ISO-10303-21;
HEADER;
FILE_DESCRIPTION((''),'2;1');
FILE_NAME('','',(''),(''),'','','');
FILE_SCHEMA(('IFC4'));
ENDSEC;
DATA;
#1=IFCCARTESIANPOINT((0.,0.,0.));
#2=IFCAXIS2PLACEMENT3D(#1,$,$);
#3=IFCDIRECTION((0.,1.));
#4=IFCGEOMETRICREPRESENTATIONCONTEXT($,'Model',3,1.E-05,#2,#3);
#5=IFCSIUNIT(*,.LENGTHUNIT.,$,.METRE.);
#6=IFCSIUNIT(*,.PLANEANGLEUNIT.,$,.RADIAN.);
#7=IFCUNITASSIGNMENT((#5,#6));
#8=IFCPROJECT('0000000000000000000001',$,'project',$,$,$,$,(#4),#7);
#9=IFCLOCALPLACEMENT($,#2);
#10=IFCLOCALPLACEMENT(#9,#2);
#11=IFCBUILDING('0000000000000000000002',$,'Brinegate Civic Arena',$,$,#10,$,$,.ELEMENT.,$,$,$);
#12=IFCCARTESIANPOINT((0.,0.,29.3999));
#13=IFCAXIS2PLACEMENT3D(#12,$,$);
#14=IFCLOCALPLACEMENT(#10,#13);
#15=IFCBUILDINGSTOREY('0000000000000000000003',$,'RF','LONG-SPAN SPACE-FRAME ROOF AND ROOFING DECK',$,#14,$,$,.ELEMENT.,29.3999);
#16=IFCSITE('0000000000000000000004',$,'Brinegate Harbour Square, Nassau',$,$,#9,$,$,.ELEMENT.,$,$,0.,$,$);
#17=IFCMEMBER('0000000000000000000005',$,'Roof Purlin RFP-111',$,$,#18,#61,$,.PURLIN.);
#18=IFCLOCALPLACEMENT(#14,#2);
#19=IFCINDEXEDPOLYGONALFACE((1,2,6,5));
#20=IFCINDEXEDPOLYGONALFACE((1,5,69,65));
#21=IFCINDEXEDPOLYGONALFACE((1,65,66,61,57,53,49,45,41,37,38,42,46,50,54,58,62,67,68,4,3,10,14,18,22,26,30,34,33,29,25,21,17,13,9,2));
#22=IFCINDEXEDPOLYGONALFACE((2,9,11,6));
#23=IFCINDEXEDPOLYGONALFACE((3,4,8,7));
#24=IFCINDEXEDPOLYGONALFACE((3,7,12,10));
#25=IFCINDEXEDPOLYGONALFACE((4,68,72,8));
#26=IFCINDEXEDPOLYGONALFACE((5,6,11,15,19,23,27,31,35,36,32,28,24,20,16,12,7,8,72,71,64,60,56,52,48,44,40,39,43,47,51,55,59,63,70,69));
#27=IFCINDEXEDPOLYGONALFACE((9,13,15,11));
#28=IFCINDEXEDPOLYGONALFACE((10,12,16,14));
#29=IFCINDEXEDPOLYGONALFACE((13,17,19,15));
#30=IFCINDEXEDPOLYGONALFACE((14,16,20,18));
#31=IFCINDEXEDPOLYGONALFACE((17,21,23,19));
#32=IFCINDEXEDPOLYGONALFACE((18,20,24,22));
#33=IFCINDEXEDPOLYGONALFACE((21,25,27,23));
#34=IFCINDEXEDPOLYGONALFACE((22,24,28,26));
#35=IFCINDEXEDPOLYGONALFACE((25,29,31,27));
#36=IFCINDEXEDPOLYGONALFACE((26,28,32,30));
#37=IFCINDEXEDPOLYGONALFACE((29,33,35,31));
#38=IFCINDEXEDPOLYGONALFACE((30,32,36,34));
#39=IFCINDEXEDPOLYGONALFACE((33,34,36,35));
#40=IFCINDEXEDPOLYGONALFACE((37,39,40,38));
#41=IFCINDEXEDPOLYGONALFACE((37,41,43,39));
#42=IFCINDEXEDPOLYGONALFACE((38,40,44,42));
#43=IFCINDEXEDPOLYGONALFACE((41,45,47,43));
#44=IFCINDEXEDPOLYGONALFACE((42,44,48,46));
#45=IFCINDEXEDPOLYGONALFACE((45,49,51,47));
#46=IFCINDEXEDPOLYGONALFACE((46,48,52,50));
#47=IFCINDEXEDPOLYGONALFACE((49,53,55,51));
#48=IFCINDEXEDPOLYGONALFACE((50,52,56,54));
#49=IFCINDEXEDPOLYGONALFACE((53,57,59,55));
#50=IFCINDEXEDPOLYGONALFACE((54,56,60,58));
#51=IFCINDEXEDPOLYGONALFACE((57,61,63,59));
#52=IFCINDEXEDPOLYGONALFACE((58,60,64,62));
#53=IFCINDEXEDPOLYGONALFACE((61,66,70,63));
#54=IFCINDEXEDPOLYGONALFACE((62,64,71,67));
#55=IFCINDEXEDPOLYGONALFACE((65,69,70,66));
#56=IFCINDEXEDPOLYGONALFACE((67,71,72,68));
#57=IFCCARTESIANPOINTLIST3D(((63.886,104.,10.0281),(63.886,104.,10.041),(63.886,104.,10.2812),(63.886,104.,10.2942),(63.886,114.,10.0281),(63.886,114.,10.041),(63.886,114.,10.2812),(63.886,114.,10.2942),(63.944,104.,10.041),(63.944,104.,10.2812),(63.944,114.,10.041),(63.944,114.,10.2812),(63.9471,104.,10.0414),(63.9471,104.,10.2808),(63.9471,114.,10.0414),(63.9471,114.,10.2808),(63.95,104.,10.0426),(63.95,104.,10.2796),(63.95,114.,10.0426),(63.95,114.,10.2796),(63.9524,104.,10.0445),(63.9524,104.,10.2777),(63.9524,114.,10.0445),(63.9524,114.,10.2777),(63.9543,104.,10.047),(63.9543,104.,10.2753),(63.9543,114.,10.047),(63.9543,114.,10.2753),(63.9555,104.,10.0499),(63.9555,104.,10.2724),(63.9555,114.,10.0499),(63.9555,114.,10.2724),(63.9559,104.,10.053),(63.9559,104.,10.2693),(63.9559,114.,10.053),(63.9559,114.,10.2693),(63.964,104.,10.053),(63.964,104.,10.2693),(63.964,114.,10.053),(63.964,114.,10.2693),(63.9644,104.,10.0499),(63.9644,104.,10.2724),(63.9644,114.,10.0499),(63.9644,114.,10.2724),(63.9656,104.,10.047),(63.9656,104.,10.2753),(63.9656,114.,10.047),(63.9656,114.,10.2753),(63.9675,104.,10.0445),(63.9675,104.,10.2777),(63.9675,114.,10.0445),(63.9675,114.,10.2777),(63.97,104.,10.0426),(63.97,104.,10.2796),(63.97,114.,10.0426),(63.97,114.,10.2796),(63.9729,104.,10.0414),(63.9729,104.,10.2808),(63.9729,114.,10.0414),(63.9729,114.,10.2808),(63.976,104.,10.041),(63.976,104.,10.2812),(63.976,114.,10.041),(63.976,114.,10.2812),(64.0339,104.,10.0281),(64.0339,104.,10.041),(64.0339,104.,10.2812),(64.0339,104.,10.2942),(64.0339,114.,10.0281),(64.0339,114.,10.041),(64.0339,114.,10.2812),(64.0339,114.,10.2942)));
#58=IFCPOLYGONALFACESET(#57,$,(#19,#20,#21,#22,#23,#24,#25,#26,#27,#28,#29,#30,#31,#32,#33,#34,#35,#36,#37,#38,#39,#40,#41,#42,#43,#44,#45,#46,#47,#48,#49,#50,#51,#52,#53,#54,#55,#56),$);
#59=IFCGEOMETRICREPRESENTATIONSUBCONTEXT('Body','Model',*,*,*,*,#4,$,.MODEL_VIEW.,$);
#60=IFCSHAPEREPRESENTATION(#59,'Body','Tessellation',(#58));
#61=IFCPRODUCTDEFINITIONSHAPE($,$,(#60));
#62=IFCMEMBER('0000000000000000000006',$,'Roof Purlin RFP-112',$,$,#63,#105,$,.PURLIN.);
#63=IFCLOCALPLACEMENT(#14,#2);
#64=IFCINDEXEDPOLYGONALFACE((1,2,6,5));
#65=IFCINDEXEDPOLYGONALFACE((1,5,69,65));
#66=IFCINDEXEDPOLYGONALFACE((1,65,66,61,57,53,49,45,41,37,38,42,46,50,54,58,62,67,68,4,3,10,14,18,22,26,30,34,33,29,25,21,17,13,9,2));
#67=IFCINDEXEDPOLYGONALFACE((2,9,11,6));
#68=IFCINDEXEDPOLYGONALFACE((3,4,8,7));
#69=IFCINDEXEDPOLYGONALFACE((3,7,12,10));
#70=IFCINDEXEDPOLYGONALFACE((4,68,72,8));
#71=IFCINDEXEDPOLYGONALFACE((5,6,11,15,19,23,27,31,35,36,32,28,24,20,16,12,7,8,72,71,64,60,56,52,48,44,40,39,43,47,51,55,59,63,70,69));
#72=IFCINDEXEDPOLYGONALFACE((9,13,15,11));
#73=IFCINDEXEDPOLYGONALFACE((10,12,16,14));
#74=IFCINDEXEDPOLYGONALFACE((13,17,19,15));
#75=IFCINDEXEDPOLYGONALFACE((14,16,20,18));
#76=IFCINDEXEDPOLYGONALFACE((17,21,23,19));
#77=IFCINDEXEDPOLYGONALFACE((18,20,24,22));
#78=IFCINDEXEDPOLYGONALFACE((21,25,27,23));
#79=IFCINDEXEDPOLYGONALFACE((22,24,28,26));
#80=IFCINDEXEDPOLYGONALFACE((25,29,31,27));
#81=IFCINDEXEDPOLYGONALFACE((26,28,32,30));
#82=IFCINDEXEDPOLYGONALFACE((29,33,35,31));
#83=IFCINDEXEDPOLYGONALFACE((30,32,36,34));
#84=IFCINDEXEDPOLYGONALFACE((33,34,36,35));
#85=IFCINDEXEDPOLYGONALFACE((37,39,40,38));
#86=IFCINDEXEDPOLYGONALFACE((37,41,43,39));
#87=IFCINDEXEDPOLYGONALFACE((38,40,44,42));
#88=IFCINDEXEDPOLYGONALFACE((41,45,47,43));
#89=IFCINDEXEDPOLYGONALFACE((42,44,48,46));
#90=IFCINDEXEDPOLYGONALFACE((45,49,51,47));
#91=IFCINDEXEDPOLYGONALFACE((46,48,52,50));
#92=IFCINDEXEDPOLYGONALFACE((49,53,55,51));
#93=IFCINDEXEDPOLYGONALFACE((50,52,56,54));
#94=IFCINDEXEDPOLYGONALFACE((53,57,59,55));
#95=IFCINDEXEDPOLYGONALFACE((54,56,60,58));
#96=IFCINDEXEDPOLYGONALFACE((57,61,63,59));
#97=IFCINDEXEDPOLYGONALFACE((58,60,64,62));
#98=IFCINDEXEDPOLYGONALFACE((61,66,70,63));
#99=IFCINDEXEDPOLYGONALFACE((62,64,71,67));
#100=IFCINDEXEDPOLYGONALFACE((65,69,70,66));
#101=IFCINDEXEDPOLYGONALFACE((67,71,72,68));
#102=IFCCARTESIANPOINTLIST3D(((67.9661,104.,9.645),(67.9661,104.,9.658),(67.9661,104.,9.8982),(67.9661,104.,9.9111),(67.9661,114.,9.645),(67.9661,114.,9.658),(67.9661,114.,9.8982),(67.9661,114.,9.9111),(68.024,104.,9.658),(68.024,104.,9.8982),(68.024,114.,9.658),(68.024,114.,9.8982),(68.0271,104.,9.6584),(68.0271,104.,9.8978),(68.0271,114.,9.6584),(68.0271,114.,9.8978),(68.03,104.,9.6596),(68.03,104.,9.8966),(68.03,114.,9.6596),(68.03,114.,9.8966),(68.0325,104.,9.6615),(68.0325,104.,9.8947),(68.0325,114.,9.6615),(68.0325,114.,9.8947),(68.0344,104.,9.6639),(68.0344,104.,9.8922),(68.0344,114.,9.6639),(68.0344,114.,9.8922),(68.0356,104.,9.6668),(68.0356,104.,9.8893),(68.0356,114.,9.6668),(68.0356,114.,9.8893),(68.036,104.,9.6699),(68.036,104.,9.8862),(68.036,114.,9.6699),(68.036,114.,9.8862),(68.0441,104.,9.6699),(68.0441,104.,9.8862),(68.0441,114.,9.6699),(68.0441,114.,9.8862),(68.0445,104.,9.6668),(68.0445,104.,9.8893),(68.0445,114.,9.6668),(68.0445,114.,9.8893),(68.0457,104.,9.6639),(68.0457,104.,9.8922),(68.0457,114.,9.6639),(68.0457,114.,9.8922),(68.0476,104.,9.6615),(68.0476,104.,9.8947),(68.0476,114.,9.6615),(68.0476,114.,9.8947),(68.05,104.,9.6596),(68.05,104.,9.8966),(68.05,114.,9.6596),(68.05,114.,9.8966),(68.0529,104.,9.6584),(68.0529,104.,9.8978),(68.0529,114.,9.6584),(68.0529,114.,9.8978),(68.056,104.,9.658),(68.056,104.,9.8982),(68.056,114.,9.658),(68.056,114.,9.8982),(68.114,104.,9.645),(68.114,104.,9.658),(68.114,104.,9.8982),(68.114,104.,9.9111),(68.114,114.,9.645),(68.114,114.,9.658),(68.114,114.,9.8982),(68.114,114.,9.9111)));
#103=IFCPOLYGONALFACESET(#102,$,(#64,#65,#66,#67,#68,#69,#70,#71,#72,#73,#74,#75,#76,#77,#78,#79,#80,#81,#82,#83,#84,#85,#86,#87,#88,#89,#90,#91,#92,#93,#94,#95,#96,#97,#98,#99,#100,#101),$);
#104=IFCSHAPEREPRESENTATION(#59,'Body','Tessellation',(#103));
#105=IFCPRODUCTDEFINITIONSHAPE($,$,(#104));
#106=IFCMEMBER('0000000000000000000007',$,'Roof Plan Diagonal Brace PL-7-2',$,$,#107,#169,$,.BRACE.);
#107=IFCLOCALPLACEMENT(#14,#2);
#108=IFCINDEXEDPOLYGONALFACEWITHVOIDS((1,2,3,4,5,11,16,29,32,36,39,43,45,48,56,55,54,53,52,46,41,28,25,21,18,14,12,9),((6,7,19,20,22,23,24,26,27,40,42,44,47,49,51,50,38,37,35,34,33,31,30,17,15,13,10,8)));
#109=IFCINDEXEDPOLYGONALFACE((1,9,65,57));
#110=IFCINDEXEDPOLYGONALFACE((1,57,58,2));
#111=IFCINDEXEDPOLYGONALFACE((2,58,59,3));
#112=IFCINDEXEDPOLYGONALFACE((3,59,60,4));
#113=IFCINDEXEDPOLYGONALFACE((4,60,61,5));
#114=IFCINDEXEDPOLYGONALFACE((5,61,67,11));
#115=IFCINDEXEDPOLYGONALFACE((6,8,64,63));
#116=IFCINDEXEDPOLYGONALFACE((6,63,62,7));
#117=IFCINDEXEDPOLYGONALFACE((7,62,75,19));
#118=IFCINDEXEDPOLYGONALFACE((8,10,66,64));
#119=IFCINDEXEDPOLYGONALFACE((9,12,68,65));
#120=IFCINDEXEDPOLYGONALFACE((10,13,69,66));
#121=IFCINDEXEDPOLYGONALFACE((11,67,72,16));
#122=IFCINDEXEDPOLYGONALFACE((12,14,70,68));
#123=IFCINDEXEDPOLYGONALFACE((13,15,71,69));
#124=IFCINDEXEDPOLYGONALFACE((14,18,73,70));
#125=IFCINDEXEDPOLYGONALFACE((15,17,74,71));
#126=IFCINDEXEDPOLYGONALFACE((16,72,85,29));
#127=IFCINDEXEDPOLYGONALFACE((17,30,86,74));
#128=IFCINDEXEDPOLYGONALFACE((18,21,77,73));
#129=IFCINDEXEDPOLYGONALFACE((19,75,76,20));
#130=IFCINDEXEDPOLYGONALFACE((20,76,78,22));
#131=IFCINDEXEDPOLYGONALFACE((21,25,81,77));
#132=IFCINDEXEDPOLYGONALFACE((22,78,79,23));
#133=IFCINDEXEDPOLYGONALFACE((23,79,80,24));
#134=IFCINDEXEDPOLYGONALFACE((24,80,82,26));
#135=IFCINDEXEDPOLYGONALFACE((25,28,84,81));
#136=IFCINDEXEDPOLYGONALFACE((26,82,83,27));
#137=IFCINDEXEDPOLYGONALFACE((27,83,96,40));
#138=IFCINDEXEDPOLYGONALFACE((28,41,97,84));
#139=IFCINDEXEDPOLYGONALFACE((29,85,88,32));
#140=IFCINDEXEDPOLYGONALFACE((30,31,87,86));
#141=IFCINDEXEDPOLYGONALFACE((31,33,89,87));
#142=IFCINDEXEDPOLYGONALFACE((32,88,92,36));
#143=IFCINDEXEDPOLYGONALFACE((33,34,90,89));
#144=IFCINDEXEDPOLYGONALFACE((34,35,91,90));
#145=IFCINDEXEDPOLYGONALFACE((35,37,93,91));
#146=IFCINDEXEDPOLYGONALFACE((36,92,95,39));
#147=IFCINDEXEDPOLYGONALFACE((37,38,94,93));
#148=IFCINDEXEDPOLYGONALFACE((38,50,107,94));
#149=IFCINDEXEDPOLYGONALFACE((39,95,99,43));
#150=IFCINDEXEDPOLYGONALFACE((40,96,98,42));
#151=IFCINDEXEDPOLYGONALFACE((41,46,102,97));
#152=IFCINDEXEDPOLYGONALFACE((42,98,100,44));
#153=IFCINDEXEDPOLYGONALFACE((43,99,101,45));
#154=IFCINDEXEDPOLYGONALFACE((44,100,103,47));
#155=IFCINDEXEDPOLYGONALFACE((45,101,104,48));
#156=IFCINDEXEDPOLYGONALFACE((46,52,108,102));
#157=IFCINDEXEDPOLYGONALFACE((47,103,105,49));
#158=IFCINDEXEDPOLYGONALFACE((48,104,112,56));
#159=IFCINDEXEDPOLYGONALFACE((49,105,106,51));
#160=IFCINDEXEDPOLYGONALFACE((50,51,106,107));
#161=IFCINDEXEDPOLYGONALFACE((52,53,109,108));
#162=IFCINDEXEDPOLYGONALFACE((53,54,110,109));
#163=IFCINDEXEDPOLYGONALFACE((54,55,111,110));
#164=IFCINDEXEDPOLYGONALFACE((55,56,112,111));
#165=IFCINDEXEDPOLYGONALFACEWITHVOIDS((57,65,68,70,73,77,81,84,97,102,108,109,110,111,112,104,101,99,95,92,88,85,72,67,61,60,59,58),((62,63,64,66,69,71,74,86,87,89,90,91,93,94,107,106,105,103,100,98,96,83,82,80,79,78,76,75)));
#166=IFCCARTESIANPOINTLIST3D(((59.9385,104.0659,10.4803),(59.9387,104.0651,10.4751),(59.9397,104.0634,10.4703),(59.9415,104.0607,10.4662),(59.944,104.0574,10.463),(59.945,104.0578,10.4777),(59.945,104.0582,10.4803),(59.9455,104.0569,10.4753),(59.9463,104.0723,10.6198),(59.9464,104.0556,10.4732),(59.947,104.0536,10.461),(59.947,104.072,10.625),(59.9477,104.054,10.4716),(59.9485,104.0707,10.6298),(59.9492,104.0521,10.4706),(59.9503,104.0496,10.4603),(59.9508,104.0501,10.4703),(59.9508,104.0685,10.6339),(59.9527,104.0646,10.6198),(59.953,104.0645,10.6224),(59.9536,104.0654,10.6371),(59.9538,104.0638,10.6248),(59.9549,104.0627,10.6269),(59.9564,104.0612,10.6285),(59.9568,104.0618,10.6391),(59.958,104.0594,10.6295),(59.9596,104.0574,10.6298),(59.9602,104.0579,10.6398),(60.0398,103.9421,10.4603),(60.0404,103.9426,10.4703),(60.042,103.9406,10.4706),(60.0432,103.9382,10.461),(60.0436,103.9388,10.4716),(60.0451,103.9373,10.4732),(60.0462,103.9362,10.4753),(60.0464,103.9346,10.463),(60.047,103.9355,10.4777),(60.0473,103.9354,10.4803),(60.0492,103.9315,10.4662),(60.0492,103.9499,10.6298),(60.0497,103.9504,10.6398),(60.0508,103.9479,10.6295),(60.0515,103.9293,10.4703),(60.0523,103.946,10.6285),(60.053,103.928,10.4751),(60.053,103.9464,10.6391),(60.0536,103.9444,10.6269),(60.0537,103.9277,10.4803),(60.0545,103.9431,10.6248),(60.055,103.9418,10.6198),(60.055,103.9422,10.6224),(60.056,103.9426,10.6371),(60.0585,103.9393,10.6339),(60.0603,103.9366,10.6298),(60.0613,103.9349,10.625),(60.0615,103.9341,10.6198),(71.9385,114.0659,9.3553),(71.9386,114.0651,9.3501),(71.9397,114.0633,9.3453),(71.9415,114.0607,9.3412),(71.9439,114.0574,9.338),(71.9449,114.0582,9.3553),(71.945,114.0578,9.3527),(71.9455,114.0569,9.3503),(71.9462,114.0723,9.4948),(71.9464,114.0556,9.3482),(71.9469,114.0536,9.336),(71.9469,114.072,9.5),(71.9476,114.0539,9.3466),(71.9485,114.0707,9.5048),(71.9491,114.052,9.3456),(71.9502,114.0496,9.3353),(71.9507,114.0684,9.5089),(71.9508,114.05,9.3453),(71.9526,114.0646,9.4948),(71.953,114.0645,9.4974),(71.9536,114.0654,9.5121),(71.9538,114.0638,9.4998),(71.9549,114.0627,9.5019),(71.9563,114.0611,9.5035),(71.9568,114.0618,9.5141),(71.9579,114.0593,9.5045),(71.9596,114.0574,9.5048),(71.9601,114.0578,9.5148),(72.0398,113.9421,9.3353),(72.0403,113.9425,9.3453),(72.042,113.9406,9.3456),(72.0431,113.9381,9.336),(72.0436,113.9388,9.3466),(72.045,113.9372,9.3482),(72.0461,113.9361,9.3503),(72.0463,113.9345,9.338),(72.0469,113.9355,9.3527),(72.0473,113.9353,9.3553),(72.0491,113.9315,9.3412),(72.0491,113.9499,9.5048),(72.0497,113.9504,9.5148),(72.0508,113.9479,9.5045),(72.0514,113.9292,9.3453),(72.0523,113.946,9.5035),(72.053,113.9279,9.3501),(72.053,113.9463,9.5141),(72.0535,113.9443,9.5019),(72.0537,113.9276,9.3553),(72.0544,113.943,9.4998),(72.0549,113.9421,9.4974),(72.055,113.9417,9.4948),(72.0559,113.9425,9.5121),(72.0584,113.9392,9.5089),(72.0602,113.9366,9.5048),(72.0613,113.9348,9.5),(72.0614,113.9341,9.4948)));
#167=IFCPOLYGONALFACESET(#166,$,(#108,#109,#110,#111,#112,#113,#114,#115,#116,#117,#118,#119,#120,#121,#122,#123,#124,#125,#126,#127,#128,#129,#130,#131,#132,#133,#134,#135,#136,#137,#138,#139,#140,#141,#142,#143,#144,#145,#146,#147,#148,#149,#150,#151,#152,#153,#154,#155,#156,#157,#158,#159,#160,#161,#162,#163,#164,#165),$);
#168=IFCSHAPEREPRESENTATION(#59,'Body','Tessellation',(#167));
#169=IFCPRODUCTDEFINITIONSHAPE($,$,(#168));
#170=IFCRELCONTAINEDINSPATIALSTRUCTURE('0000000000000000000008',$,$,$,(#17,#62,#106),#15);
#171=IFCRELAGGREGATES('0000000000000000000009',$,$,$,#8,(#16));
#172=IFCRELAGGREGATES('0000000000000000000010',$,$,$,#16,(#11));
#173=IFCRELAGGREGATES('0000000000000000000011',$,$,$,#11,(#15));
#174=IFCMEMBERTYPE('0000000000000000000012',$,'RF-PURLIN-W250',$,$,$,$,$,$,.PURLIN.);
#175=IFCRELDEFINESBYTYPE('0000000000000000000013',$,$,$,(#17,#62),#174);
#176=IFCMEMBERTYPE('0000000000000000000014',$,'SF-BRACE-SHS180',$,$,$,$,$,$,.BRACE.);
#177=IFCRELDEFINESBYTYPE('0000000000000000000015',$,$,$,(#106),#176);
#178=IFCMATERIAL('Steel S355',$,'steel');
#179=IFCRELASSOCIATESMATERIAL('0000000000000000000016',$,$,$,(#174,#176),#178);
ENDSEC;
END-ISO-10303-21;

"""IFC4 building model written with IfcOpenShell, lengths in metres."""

from ifc_helpers import new_model, si_unit, direction, frame, origin, origin_2d, place, context, subcontext, project, spatial, hollow_rectangle, i_section, extrude, material, material_profile, profile_set, type_object, element, save


model = new_model("IFC4")

# Units and contexts
model_context = context("Model", 3, precision=1e-05, world=origin(), true_north=direction((0.0, 1.0)))
body_context = subcontext(model_context, "Body", "Model", "MODEL_VIEW")
ifc_project = project(units=[si_unit("LENGTHUNIT", "METRE"), si_unit("PLANEANGLEUNIT", "RADIAN")], contexts=[model_context])

# Site, building, storey
site_placement = place(None, origin())
site = spatial("IfcSite", under=ifc_project, at=site_placement, Name="Brinegate Harbour Square, Nassau", CompositionType="ELEMENT", RefElevation=0.0)
building_placement = place(site_placement, origin())
building = spatial("IfcBuilding", under=site, at=building_placement, Name="Brinegate Civic Arena", CompositionType="ELEMENT")
storey_placement = place(building_placement, frame((0.0, 0.0, 29.3999)))
storey = spatial("IfcBuildingStorey", under=building, at=storey_placement, Name="RF", Description="LONG-SPAN SPACE-FRAME ROOF AND ROOFING DECK", CompositionType="ELEMENT", Elevation=29.3999)

# Shared definitions
ifc_material_1 = material(Name="Steel S355", Category="steel")

# Members
ifc_material_profile_1 = material_profile(ifc_material_1, i_section(OverallWidth=0.1479, OverallDepth=0.2661, WebThickness=0.0081, FlangeThickness=0.0129, FilletRadius=0.012, at=origin_2d()), Name="W250X45")
ifc_profile_set_1 = profile_set([ifc_material_profile_1], Name="Steel S355")
member_type_1 = type_object("IfcMemberType", Name="RF-PURLIN-W250", PredefinedType="PURLIN", material=ifc_profile_set_1)
for number, where, z_axis, x_axis, name in (
    (1, (63.96, 104.0, 10.1611), (0.0, 1.0, 0.0), (-1.0, 0.0, 0.0), "Roof Purlin RFP-111"),
    (2, (68.04, 104.0, 9.7781), (0.0, 1.0, 0.0), (-1.0, 0.0, 0.0), "Roof Purlin RFP-112"),
):
    element("IfcMember", number, at=place(storey_placement, frame(where, z_axis=z_axis, x_axis=x_axis)), inside=storey, type_object=member_type_1, Name=name, PredefinedType="PURLIN", context=body_context, shape_type="SweptSolid", body=[
        extrude(i_section(OverallWidth=0.1479, OverallDepth=0.2661, WebThickness=0.0081, FlangeThickness=0.0129, FilletRadius=0.012, at=origin_2d()), origin(), (0.0, 0.0, 1.0), 10.0),
    ])
ifc_material_profile_2 = material_profile(ifc_material_1, hollow_rectangle(XDim=0.1799, YDim=0.1799, WallThickness=0.01, InnerFilletRadius=0.01, OuterFilletRadius=0.02, at=origin_2d()), Name="SHS180X10")
ifc_profile_set_2 = profile_set([ifc_material_profile_2], Name="Steel S355")
member_type_2 = type_object("IfcMemberType", Name="SF-BRACE-SHS180", PredefinedType="BRACE", material=ifc_profile_set_2)
member_1_placement = place(storey_placement, frame((60.0, 104.0, 10.55), z_axis=(0.766237, 0.638531, -0.071835), x_axis=(-0.640184, 0.768221, 0.0)))
element("IfcMember", 3, at=member_1_placement, inside=storey, type_object=member_type_2, Name="Roof Plan Diagonal Brace PL-7-2", PredefinedType="BRACE", context=body_context, shape_type="SweptSolid", body=[
    extrude(hollow_rectangle(XDim=0.1799, YDim=0.1799, WallThickness=0.01, InnerFilletRadius=0.01, OuterFilletRadius=0.02, at=origin_2d()), origin(), (0.0, 0.0, 1.0), 15.6609),
])

save(model, "model.ifc")
